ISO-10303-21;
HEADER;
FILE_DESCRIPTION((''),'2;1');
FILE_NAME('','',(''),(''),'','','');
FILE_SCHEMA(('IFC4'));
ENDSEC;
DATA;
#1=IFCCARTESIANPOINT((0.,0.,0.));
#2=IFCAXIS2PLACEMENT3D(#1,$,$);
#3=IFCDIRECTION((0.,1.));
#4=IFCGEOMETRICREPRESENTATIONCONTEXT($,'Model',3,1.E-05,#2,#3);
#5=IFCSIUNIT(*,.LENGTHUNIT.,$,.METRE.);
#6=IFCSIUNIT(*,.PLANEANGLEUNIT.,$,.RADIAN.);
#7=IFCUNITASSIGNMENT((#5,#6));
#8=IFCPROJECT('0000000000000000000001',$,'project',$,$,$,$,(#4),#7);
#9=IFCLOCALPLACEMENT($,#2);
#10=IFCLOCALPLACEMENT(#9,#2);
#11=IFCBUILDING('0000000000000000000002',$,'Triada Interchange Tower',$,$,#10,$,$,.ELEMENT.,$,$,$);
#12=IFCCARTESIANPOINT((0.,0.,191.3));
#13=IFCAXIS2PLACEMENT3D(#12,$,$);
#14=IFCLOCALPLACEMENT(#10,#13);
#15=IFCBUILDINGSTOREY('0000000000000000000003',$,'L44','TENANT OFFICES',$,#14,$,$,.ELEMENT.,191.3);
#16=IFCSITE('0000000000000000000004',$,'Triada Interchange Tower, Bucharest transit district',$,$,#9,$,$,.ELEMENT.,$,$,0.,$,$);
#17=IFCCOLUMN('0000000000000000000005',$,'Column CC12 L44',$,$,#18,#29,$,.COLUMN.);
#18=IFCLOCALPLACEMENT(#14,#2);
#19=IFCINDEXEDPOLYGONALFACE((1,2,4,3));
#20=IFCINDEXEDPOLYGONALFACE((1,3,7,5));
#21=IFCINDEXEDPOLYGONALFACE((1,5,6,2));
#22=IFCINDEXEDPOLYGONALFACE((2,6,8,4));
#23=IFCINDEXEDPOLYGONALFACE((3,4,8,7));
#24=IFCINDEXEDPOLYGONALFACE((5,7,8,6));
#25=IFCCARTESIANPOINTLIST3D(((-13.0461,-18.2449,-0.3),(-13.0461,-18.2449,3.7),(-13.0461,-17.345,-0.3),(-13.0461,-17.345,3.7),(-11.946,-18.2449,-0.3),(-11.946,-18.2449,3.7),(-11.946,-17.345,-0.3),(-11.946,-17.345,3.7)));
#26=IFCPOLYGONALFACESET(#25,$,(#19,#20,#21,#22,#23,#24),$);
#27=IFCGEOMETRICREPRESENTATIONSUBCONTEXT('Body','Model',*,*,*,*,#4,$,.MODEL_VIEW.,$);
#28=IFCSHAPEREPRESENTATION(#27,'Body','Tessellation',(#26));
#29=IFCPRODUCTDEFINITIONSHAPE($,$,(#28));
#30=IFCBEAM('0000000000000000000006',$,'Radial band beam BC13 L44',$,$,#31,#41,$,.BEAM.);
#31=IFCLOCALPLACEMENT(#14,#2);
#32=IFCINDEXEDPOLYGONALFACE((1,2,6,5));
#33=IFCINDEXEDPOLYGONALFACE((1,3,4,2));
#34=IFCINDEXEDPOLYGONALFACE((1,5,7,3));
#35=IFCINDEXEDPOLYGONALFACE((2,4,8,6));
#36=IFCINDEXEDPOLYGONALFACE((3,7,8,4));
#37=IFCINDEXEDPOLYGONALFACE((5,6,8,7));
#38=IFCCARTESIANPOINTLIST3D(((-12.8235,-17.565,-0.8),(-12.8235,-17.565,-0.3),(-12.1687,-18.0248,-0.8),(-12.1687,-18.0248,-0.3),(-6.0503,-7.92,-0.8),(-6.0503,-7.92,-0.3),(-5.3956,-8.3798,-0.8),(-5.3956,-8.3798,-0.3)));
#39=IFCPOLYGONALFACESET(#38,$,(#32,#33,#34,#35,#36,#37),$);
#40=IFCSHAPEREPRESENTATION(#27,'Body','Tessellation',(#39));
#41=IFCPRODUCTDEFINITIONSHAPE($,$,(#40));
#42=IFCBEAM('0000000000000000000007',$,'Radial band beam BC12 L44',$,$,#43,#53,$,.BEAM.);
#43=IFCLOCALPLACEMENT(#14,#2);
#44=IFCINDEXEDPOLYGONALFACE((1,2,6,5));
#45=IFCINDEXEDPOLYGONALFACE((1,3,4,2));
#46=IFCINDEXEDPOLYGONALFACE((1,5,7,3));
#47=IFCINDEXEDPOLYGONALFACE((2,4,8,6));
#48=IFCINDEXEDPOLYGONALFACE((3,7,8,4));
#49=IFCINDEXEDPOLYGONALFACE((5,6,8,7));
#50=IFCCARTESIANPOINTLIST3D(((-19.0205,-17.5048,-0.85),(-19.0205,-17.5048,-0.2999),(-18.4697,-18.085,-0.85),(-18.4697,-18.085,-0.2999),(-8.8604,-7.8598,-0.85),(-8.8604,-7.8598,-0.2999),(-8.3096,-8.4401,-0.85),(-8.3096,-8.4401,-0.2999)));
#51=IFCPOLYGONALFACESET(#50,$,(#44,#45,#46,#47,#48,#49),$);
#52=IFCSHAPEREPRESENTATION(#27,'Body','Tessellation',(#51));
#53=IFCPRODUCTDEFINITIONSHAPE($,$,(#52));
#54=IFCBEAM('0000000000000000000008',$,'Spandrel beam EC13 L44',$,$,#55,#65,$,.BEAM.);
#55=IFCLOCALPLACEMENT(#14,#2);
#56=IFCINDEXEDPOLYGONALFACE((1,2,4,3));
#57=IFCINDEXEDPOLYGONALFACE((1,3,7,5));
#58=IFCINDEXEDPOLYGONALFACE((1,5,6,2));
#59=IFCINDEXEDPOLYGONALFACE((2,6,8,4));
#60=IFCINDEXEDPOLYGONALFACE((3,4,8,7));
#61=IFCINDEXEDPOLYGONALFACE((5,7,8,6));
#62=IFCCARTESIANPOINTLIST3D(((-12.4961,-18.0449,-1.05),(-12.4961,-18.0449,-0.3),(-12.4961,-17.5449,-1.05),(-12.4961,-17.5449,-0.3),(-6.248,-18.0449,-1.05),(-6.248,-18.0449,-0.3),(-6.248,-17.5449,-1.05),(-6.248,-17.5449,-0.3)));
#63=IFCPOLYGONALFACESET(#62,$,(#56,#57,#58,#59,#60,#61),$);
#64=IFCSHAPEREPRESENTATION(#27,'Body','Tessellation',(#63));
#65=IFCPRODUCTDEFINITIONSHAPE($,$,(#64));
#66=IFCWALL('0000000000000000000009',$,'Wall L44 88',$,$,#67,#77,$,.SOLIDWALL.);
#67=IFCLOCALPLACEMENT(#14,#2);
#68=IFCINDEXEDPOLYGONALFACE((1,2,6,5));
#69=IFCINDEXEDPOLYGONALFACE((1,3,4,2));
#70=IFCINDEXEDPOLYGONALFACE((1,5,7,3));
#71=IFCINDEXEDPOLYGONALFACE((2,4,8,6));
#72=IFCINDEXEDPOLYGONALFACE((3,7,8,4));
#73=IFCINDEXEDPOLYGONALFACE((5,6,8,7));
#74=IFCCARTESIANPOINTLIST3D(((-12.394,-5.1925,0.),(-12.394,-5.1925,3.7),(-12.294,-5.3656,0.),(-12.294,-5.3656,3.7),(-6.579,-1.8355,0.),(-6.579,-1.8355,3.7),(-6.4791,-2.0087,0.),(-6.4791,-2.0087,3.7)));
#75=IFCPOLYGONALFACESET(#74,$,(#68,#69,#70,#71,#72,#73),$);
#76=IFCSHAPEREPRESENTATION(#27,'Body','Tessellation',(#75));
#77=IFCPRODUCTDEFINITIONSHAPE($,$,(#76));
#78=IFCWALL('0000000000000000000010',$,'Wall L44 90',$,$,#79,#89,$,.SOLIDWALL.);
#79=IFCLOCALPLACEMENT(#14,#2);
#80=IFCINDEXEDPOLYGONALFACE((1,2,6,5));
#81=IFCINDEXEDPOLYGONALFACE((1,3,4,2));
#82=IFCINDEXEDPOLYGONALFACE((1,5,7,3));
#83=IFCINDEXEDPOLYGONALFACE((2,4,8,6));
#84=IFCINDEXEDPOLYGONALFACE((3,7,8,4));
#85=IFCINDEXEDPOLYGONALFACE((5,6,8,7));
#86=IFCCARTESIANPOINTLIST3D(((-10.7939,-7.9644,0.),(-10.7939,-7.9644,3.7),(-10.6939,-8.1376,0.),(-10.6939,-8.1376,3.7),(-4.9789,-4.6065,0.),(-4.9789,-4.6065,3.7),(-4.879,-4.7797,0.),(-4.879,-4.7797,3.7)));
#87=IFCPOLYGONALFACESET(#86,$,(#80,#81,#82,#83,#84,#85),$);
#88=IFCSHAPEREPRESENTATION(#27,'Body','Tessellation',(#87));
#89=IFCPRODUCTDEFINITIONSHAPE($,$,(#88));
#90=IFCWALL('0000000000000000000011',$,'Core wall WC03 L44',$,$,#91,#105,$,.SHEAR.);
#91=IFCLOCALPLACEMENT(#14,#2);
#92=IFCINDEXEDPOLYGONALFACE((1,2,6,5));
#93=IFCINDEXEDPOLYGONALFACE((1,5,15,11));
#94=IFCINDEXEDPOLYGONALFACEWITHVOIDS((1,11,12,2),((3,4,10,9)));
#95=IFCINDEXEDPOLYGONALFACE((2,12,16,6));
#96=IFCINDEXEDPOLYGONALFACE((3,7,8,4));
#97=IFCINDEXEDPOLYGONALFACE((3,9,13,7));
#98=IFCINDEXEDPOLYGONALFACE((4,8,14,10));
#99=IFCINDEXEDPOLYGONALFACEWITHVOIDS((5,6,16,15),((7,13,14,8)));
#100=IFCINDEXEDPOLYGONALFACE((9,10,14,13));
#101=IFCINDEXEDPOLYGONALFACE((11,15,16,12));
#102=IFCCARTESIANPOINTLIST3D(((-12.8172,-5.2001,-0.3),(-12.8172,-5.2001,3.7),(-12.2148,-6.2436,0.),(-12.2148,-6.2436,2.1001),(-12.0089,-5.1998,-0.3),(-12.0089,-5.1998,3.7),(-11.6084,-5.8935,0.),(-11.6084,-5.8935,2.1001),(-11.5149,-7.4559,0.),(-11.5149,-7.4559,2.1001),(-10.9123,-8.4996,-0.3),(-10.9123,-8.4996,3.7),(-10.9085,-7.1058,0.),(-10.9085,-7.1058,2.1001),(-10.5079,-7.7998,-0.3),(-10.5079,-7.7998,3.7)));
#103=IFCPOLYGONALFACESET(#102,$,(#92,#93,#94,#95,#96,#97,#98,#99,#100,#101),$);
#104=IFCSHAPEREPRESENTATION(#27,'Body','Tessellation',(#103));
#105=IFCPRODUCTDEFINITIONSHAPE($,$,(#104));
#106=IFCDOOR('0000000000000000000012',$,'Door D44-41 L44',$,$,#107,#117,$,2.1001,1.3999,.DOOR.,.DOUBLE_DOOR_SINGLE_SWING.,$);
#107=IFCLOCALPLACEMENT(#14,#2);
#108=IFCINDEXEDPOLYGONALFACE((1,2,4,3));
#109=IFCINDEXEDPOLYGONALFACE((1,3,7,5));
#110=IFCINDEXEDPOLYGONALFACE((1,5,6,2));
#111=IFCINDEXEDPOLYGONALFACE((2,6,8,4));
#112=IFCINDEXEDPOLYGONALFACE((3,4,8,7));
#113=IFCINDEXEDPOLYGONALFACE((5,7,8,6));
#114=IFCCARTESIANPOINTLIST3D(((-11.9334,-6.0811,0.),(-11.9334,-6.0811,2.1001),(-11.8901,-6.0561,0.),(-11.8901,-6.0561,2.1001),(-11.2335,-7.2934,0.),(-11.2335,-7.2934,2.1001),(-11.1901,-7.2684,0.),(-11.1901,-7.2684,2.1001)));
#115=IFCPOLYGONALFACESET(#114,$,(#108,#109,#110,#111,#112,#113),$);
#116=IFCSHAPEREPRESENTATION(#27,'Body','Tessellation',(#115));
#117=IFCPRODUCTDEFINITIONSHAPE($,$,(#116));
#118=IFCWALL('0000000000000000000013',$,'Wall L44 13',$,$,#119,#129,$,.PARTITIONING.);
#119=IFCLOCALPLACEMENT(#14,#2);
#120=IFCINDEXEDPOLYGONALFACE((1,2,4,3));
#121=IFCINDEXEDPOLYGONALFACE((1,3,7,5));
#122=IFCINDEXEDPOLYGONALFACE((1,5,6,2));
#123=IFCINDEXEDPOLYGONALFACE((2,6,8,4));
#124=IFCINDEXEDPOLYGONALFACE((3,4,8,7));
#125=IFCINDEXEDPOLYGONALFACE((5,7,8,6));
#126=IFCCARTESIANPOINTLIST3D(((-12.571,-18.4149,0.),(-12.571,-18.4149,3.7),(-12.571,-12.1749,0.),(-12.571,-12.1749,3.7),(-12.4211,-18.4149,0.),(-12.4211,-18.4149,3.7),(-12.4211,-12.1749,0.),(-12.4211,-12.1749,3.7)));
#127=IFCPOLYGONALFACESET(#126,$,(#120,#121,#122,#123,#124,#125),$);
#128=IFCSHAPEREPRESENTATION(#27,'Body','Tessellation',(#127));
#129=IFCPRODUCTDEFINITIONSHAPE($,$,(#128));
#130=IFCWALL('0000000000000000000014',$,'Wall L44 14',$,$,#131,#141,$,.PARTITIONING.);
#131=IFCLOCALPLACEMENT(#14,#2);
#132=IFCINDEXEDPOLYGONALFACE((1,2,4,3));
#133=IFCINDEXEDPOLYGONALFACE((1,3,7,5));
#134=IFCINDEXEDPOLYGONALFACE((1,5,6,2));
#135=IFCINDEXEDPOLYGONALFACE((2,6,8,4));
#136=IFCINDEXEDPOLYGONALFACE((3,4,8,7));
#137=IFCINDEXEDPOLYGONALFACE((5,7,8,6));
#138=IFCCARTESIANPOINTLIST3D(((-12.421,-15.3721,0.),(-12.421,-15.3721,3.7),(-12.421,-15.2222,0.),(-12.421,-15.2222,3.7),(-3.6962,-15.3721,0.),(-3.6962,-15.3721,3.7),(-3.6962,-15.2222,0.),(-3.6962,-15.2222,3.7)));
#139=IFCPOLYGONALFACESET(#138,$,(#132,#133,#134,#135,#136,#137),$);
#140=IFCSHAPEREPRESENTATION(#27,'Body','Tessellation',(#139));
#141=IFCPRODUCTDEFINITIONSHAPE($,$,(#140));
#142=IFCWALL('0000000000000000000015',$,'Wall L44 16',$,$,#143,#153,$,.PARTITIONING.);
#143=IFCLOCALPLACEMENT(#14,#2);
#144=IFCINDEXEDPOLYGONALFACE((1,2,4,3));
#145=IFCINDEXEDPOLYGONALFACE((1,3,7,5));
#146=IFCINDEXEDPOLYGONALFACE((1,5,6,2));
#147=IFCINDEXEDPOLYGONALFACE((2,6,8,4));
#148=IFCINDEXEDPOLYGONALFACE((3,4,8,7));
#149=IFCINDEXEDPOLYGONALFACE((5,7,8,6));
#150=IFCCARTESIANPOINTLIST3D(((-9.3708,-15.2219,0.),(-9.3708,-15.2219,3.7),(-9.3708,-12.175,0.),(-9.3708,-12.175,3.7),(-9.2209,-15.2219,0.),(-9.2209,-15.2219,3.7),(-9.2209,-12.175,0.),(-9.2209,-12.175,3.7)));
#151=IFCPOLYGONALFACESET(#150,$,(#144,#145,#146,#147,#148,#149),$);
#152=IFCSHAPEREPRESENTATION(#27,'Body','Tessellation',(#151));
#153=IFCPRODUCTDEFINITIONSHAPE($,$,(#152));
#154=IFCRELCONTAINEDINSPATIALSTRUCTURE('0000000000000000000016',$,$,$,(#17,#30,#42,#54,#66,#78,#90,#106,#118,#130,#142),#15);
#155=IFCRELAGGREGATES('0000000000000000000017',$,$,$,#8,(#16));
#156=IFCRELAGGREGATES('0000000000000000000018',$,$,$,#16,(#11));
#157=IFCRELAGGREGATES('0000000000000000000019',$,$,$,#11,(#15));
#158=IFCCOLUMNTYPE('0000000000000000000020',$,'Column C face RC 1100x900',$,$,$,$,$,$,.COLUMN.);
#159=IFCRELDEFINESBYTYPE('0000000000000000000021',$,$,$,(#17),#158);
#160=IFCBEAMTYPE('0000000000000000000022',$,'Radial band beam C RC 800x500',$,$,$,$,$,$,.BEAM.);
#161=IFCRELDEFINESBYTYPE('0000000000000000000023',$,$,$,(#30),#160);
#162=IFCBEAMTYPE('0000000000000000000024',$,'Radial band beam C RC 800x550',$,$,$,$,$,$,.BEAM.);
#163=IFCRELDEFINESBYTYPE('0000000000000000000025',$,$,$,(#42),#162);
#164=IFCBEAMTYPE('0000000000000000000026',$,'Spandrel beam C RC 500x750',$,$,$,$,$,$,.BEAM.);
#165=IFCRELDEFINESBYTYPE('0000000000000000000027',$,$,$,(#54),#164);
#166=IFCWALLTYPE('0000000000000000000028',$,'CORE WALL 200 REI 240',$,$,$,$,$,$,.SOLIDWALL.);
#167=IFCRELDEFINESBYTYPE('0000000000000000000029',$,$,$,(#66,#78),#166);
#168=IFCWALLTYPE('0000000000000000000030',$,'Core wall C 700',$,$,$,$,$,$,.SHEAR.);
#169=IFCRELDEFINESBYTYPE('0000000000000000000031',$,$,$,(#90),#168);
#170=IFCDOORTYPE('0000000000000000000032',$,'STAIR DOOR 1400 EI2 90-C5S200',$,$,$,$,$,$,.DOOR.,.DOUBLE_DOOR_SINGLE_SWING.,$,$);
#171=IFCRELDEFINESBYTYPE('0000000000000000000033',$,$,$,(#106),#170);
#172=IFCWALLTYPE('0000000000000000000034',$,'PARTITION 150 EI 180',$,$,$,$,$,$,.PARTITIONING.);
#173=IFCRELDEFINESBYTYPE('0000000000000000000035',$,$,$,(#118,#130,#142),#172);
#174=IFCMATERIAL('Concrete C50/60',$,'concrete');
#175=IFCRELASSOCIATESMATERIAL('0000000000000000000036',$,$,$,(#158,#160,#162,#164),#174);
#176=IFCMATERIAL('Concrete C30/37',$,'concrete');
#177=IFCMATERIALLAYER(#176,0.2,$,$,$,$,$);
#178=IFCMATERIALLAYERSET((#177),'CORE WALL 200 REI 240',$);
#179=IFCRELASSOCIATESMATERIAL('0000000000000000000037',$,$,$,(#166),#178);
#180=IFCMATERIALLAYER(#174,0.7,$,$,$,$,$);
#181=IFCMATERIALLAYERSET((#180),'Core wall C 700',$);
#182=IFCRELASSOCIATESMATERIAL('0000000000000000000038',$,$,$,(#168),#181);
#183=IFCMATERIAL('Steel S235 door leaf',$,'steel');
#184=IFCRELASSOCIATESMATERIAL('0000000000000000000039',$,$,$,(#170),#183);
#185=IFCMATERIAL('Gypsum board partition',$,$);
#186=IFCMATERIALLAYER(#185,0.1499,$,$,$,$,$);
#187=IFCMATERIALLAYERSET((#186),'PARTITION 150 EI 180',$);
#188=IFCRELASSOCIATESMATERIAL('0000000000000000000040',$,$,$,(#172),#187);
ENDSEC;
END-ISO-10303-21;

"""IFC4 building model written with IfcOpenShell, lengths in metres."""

from ifc_helpers import new_model, si_unit, direction, frame, frame_2d, origin, origin_2d, place, context, subcontext, project, spatial, polyline, rectangle, outline, extrude, material, layer, layer_set, material_profile, profile_set, type_object, element, fill, save


model = new_model("IFC4")

# Units and contexts
model_context = context("Model", 3, precision=1e-05, world=origin(), true_north=direction((0.0, 1.0)))
body_context = subcontext(model_context, "Body", "Model", "MODEL_VIEW")
ifc_project = project(units=[si_unit("LENGTHUNIT", "METRE"), si_unit("PLANEANGLEUNIT", "RADIAN")], contexts=[model_context])

# Site, building, storey
site_placement = place(None, origin())
site = spatial("IfcSite", under=ifc_project, at=site_placement, Name="Triada Interchange Tower, Bucharest transit district", CompositionType="ELEMENT", RefElevation=0.0)
building_placement = place(site_placement, origin())
building = spatial("IfcBuilding", under=site, at=building_placement, Name="Triada Interchange Tower", CompositionType="ELEMENT")
storey_placement = place(building_placement, frame((0.0, 0.0, 191.3)))
storey = spatial("IfcBuildingStorey", under=building, at=storey_placement, Name="L44", Description="TENANT OFFICES", CompositionType="ELEMENT", Elevation=191.3)

# Column
ifc_material_1 = material(Name="Concrete C50/60", Category="concrete")
ifc_material_profile_1 = material_profile(ifc_material_1, rectangle(XDim=1.1001, YDim=0.8999, at=origin_2d()), Name="RC 1100x900")
ifc_profile_set_1 = profile_set([ifc_material_profile_1], Name="Concrete C50/60")
column_type = type_object("IfcColumnType", Name="Column C face RC 1100x900", PredefinedType="COLUMN", material=ifc_profile_set_1)
column_placement = place(storey_placement, frame((-12.4961, -17.7949, -0.3), z_axis=(0.0, 0.0, 1.0), x_axis=(1.0, 0.0, 0.0)))
element("IfcColumn", 1, at=column_placement, inside=storey, type_object=column_type, Name="Column CC12 L44", PredefinedType="COLUMN", context=body_context, shape_type="SweptSolid", body=[
    extrude(rectangle(XDim=1.1001, YDim=0.8999, at=origin_2d()), origin(), (0.0, 0.0, 1.0), 4.0),
])

# Beams
ifc_material_profile_2 = material_profile(ifc_material_1, rectangle(XDim=0.8, YDim=0.5, at=origin_2d()), Name="RC 800x500")
ifc_profile_set_2 = profile_set([ifc_material_profile_2], Name="Concrete C50/60")
beam_type_1 = type_object("IfcBeamType", Name="Radial band beam C RC 800x500", PredefinedType="BEAM", material=ifc_profile_set_2)
beam_1_placement = place(storey_placement, frame((-12.4961, -17.7949, -0.55), z_axis=(0.574696, 0.818367, 0.0), x_axis=(-0.818367, 0.574696, 0.0)))
element("IfcBeam", 2, at=beam_1_placement, inside=storey, type_object=beam_type_1, Name="Radial band beam BC13 L44", PredefinedType="BEAM", context=body_context, shape_type="SweptSolid", body=[
    extrude(rectangle(XDim=0.8, YDim=0.5, at=origin_2d()), origin(), (0.0, 0.0, 1.0), 11.7856),
])
ifc_material_profile_3 = material_profile(ifc_material_1, rectangle(XDim=0.8, YDim=0.55, at=origin_2d()), Name="RC 800x550")
ifc_profile_set_3 = profile_set([ifc_material_profile_3], Name="Concrete C50/60")
beam_type_2 = type_object("IfcBeamType", Name="Radial band beam C RC 800x550", PredefinedType="BEAM", material=ifc_profile_set_3)
beam_2_placement = place(storey_placement, frame((-18.7451, -17.7949, -0.575), z_axis=(0.725253, 0.688482, 0.0), x_axis=(-0.688482, 0.725253, 0.0)))
element("IfcBeam", 3, at=beam_2_placement, inside=storey, type_object=beam_type_2, Name="Radial band beam BC12 L44", PredefinedType="BEAM", context=body_context, shape_type="SweptSolid", body=[
    extrude(rectangle(XDim=0.8, YDim=0.55, at=origin_2d()), origin(), (0.0, 0.0, 1.0), 14.009),
])
ifc_material_profile_4 = material_profile(ifc_material_1, rectangle(XDim=0.5, YDim=0.75, at=origin_2d()), Name="RC 500x750")
ifc_profile_set_4 = profile_set([ifc_material_profile_4], Name="Concrete C50/60")
beam_type_3 = type_object("IfcBeamType", Name="Spandrel beam C RC 500x750", PredefinedType="BEAM", material=ifc_profile_set_4)
beam_3_placement = place(storey_placement, frame((-12.4961, -17.7949, -0.675), z_axis=(1.0, 0.0, 0.0), x_axis=(0.0, 1.0, 0.0)))
element("IfcBeam", 4, at=beam_3_placement, inside=storey, type_object=beam_type_3, Name="Spandrel beam EC13 L44", PredefinedType="BEAM", context=body_context, shape_type="SweptSolid", body=[
    extrude(rectangle(XDim=0.5, YDim=0.75, at=origin_2d()), origin(), (0.0, 0.0, 1.0), 6.248),
])

# Walls
ifc_material_2 = material(Name="Concrete C30/37", Category="concrete")
ifc_layer_1 = layer(ifc_material_2, 0.2)
ifc_layer_set_1 = layer_set([ifc_layer_1], Name="CORE WALL 200 REI 240")
wall_type_1 = type_object("IfcWallType", Name="CORE WALL 200 REI 240", PredefinedType="SOLIDWALL", material=ifc_layer_set_1)
wall_1_placement = place(storey_placement, frame((-12.344, -5.2791, 0.0), z_axis=(0.0, 0.0, 1.0), x_axis=(0.866046, 0.499964, 0.0)))
element("IfcWall", 5, at=wall_1_placement, inside=storey, type_object=wall_type_1, Name="Wall L44 88", PredefinedType="SOLIDWALL", context=body_context, shape_type="SweptSolid", body=[
    extrude(rectangle(XDim=6.7144, YDim=0.2, at=frame_2d((3.3572, 0.0))), origin(), (0.0, 0.0, 1.0), 3.7),
])
wall_2_placement = place(storey_placement, frame((-10.7439, -8.051, 0.0), z_axis=(0.0, 0.0, 1.0), x_axis=(0.865983, 0.500073, 0.0)))
element("IfcWall", 6, at=wall_2_placement, inside=storey, type_object=wall_type_1, Name="Wall L44 90", PredefinedType="SOLIDWALL", context=body_context, shape_type="SweptSolid", body=[
    extrude(rectangle(XDim=6.7148, YDim=0.2, at=frame_2d((3.3574, 0.0))), origin(), (0.0, 0.0, 1.0), 3.7),
])

# Wall, opening, door
ifc_layer_2 = layer(ifc_material_1, 0.7)
ifc_layer_set_2 = layer_set([ifc_layer_2], Name="Core wall C 700")
wall_type_2 = type_object("IfcWallType", Name="Core wall C 700", PredefinedType="SHEAR", material=ifc_layer_set_2)
wall_3_placement = place(storey_placement, frame((-12.4131, -5.2, -0.3), z_axis=(0.0, 0.0, 1.0), x_axis=(0.499993, -0.866029, 0.0)))
wall_3 = element("IfcWall", 7, at=wall_3_placement, inside=storey, type_object=wall_type_2, Name="Core wall WC03 L44", PredefinedType="SHEAR", context=body_context, shape_type="SweptSolid", body=[
    extrude(outline(polyline([(-0.2019, -0.3501), (1.7031, -0.3501), (3.6079, -0.3501), (3.2041, 0.3501), (1.7031, 0.3501), (0.2019, 0.3501), (-0.2019, -0.3501)])), origin(), (0.0, 0.0, 1.0), 4.0),
])
opening_1_placement = place(wall_3_placement, frame((1.0029, 0.0, 0.3)))
opening_1 = element("IfcOpeningElement", 8, at=opening_1_placement, cuts=wall_3, PredefinedType="OPENING", context=body_context, shape_type="SweptSolid", body=[
    extrude(rectangle(XDim=1.3999, YDim=2.1001, at=frame_2d((0.7, 1.05))), frame((0.0, 0.3601, 0.0), z_axis=(0.0, -1.0, 0.0), x_axis=(1.0, 0.0, 0.0)), (0.0, 0.0, 1.0), 0.7202),
])
ifc_material_3 = material(Name="Steel S235 door leaf", Category="steel")
door_type_1 = type_object("IfcDoorType", Name="STAIR DOOR 1400 EI2 90-C5S200", OperationType="DOUBLE_DOOR_SINGLE_SWING", PredefinedType="DOOR", material=ifc_material_3)
door_1_placement = place(opening_1_placement, origin())
door_1 = element("IfcDoor", 9, at=door_1_placement, inside=storey, type_object=door_type_1, Name="Door D44-41 L44", OperationType="DOUBLE_DOOR_SINGLE_SWING", OverallHeight=2.1001, OverallWidth=1.3999, PredefinedType="DOOR", context=body_context, shape_type="SweptSolid", body=[
    extrude(rectangle(XDim=1.3999, YDim=2.1001, at=frame_2d((0.7, 1.05))), frame((0.0, 0.0249, 0.0), z_axis=(0.0, -1.0, 0.0), x_axis=(1.0, 0.0, 0.0)), (0.0, 0.0, 1.0), 0.05),
])
fill(opening_1, door_1)

# Walls
ifc_material_4 = material(Name="Gypsum board partition")
ifc_layer_3 = layer(ifc_material_4, 0.1499)
ifc_layer_set_3 = layer_set([ifc_layer_3], Name="PARTITION 150 EI 180")
wall_type_3 = type_object("IfcWallType", Name="PARTITION 150 EI 180", PredefinedType="PARTITIONING", material=ifc_layer_set_3)
wall_4_placement = place(storey_placement, frame((-12.4961, -18.415, 0.0), z_axis=(0.0, 0.0, 1.0), x_axis=(0.0, 1.0, 0.0)))
element("IfcWall", 10, at=wall_4_placement, inside=storey, type_object=wall_type_3, Name="Wall L44 13", PredefinedType="PARTITIONING", context=body_context, shape_type="SweptSolid", body=[
    extrude(rectangle(XDim=6.24, YDim=0.1499, at=frame_2d((3.1201, 0.0))), origin(), (0.0, 0.0, 1.0), 3.7),
])
wall_5_placement = place(storey_placement, frame((-12.4209, -15.2971, 0.0), z_axis=(0.0, 0.0, 1.0), x_axis=(1.0, 0.0, 0.0)))
element("IfcWall", 11, at=wall_5_placement, inside=storey, type_object=wall_type_3, Name="Wall L44 14", PredefinedType="PARTITIONING", context=body_context, shape_type="SweptSolid", body=[
    extrude(rectangle(XDim=8.7249, YDim=0.1499, at=frame_2d((4.3623, 0.0))), origin(), (0.0, 0.0, 1.0), 3.7),
])
wall_6_placement = place(storey_placement, frame((-9.2959, -15.2219, 0.0), z_axis=(0.0, 0.0, 1.0), x_axis=(0.0, 1.0, 0.0)))
element("IfcWall", 12, at=wall_6_placement, inside=storey, type_object=wall_type_3, Name="Wall L44 16", PredefinedType="PARTITIONING", context=body_context, shape_type="SweptSolid", body=[
    extrude(rectangle(XDim=3.0469, YDim=0.1499, at=frame_2d((1.5234, 0.0))), origin(), (0.0, 0.0, 1.0), 3.7),
])

save(model, "model.ifc")
